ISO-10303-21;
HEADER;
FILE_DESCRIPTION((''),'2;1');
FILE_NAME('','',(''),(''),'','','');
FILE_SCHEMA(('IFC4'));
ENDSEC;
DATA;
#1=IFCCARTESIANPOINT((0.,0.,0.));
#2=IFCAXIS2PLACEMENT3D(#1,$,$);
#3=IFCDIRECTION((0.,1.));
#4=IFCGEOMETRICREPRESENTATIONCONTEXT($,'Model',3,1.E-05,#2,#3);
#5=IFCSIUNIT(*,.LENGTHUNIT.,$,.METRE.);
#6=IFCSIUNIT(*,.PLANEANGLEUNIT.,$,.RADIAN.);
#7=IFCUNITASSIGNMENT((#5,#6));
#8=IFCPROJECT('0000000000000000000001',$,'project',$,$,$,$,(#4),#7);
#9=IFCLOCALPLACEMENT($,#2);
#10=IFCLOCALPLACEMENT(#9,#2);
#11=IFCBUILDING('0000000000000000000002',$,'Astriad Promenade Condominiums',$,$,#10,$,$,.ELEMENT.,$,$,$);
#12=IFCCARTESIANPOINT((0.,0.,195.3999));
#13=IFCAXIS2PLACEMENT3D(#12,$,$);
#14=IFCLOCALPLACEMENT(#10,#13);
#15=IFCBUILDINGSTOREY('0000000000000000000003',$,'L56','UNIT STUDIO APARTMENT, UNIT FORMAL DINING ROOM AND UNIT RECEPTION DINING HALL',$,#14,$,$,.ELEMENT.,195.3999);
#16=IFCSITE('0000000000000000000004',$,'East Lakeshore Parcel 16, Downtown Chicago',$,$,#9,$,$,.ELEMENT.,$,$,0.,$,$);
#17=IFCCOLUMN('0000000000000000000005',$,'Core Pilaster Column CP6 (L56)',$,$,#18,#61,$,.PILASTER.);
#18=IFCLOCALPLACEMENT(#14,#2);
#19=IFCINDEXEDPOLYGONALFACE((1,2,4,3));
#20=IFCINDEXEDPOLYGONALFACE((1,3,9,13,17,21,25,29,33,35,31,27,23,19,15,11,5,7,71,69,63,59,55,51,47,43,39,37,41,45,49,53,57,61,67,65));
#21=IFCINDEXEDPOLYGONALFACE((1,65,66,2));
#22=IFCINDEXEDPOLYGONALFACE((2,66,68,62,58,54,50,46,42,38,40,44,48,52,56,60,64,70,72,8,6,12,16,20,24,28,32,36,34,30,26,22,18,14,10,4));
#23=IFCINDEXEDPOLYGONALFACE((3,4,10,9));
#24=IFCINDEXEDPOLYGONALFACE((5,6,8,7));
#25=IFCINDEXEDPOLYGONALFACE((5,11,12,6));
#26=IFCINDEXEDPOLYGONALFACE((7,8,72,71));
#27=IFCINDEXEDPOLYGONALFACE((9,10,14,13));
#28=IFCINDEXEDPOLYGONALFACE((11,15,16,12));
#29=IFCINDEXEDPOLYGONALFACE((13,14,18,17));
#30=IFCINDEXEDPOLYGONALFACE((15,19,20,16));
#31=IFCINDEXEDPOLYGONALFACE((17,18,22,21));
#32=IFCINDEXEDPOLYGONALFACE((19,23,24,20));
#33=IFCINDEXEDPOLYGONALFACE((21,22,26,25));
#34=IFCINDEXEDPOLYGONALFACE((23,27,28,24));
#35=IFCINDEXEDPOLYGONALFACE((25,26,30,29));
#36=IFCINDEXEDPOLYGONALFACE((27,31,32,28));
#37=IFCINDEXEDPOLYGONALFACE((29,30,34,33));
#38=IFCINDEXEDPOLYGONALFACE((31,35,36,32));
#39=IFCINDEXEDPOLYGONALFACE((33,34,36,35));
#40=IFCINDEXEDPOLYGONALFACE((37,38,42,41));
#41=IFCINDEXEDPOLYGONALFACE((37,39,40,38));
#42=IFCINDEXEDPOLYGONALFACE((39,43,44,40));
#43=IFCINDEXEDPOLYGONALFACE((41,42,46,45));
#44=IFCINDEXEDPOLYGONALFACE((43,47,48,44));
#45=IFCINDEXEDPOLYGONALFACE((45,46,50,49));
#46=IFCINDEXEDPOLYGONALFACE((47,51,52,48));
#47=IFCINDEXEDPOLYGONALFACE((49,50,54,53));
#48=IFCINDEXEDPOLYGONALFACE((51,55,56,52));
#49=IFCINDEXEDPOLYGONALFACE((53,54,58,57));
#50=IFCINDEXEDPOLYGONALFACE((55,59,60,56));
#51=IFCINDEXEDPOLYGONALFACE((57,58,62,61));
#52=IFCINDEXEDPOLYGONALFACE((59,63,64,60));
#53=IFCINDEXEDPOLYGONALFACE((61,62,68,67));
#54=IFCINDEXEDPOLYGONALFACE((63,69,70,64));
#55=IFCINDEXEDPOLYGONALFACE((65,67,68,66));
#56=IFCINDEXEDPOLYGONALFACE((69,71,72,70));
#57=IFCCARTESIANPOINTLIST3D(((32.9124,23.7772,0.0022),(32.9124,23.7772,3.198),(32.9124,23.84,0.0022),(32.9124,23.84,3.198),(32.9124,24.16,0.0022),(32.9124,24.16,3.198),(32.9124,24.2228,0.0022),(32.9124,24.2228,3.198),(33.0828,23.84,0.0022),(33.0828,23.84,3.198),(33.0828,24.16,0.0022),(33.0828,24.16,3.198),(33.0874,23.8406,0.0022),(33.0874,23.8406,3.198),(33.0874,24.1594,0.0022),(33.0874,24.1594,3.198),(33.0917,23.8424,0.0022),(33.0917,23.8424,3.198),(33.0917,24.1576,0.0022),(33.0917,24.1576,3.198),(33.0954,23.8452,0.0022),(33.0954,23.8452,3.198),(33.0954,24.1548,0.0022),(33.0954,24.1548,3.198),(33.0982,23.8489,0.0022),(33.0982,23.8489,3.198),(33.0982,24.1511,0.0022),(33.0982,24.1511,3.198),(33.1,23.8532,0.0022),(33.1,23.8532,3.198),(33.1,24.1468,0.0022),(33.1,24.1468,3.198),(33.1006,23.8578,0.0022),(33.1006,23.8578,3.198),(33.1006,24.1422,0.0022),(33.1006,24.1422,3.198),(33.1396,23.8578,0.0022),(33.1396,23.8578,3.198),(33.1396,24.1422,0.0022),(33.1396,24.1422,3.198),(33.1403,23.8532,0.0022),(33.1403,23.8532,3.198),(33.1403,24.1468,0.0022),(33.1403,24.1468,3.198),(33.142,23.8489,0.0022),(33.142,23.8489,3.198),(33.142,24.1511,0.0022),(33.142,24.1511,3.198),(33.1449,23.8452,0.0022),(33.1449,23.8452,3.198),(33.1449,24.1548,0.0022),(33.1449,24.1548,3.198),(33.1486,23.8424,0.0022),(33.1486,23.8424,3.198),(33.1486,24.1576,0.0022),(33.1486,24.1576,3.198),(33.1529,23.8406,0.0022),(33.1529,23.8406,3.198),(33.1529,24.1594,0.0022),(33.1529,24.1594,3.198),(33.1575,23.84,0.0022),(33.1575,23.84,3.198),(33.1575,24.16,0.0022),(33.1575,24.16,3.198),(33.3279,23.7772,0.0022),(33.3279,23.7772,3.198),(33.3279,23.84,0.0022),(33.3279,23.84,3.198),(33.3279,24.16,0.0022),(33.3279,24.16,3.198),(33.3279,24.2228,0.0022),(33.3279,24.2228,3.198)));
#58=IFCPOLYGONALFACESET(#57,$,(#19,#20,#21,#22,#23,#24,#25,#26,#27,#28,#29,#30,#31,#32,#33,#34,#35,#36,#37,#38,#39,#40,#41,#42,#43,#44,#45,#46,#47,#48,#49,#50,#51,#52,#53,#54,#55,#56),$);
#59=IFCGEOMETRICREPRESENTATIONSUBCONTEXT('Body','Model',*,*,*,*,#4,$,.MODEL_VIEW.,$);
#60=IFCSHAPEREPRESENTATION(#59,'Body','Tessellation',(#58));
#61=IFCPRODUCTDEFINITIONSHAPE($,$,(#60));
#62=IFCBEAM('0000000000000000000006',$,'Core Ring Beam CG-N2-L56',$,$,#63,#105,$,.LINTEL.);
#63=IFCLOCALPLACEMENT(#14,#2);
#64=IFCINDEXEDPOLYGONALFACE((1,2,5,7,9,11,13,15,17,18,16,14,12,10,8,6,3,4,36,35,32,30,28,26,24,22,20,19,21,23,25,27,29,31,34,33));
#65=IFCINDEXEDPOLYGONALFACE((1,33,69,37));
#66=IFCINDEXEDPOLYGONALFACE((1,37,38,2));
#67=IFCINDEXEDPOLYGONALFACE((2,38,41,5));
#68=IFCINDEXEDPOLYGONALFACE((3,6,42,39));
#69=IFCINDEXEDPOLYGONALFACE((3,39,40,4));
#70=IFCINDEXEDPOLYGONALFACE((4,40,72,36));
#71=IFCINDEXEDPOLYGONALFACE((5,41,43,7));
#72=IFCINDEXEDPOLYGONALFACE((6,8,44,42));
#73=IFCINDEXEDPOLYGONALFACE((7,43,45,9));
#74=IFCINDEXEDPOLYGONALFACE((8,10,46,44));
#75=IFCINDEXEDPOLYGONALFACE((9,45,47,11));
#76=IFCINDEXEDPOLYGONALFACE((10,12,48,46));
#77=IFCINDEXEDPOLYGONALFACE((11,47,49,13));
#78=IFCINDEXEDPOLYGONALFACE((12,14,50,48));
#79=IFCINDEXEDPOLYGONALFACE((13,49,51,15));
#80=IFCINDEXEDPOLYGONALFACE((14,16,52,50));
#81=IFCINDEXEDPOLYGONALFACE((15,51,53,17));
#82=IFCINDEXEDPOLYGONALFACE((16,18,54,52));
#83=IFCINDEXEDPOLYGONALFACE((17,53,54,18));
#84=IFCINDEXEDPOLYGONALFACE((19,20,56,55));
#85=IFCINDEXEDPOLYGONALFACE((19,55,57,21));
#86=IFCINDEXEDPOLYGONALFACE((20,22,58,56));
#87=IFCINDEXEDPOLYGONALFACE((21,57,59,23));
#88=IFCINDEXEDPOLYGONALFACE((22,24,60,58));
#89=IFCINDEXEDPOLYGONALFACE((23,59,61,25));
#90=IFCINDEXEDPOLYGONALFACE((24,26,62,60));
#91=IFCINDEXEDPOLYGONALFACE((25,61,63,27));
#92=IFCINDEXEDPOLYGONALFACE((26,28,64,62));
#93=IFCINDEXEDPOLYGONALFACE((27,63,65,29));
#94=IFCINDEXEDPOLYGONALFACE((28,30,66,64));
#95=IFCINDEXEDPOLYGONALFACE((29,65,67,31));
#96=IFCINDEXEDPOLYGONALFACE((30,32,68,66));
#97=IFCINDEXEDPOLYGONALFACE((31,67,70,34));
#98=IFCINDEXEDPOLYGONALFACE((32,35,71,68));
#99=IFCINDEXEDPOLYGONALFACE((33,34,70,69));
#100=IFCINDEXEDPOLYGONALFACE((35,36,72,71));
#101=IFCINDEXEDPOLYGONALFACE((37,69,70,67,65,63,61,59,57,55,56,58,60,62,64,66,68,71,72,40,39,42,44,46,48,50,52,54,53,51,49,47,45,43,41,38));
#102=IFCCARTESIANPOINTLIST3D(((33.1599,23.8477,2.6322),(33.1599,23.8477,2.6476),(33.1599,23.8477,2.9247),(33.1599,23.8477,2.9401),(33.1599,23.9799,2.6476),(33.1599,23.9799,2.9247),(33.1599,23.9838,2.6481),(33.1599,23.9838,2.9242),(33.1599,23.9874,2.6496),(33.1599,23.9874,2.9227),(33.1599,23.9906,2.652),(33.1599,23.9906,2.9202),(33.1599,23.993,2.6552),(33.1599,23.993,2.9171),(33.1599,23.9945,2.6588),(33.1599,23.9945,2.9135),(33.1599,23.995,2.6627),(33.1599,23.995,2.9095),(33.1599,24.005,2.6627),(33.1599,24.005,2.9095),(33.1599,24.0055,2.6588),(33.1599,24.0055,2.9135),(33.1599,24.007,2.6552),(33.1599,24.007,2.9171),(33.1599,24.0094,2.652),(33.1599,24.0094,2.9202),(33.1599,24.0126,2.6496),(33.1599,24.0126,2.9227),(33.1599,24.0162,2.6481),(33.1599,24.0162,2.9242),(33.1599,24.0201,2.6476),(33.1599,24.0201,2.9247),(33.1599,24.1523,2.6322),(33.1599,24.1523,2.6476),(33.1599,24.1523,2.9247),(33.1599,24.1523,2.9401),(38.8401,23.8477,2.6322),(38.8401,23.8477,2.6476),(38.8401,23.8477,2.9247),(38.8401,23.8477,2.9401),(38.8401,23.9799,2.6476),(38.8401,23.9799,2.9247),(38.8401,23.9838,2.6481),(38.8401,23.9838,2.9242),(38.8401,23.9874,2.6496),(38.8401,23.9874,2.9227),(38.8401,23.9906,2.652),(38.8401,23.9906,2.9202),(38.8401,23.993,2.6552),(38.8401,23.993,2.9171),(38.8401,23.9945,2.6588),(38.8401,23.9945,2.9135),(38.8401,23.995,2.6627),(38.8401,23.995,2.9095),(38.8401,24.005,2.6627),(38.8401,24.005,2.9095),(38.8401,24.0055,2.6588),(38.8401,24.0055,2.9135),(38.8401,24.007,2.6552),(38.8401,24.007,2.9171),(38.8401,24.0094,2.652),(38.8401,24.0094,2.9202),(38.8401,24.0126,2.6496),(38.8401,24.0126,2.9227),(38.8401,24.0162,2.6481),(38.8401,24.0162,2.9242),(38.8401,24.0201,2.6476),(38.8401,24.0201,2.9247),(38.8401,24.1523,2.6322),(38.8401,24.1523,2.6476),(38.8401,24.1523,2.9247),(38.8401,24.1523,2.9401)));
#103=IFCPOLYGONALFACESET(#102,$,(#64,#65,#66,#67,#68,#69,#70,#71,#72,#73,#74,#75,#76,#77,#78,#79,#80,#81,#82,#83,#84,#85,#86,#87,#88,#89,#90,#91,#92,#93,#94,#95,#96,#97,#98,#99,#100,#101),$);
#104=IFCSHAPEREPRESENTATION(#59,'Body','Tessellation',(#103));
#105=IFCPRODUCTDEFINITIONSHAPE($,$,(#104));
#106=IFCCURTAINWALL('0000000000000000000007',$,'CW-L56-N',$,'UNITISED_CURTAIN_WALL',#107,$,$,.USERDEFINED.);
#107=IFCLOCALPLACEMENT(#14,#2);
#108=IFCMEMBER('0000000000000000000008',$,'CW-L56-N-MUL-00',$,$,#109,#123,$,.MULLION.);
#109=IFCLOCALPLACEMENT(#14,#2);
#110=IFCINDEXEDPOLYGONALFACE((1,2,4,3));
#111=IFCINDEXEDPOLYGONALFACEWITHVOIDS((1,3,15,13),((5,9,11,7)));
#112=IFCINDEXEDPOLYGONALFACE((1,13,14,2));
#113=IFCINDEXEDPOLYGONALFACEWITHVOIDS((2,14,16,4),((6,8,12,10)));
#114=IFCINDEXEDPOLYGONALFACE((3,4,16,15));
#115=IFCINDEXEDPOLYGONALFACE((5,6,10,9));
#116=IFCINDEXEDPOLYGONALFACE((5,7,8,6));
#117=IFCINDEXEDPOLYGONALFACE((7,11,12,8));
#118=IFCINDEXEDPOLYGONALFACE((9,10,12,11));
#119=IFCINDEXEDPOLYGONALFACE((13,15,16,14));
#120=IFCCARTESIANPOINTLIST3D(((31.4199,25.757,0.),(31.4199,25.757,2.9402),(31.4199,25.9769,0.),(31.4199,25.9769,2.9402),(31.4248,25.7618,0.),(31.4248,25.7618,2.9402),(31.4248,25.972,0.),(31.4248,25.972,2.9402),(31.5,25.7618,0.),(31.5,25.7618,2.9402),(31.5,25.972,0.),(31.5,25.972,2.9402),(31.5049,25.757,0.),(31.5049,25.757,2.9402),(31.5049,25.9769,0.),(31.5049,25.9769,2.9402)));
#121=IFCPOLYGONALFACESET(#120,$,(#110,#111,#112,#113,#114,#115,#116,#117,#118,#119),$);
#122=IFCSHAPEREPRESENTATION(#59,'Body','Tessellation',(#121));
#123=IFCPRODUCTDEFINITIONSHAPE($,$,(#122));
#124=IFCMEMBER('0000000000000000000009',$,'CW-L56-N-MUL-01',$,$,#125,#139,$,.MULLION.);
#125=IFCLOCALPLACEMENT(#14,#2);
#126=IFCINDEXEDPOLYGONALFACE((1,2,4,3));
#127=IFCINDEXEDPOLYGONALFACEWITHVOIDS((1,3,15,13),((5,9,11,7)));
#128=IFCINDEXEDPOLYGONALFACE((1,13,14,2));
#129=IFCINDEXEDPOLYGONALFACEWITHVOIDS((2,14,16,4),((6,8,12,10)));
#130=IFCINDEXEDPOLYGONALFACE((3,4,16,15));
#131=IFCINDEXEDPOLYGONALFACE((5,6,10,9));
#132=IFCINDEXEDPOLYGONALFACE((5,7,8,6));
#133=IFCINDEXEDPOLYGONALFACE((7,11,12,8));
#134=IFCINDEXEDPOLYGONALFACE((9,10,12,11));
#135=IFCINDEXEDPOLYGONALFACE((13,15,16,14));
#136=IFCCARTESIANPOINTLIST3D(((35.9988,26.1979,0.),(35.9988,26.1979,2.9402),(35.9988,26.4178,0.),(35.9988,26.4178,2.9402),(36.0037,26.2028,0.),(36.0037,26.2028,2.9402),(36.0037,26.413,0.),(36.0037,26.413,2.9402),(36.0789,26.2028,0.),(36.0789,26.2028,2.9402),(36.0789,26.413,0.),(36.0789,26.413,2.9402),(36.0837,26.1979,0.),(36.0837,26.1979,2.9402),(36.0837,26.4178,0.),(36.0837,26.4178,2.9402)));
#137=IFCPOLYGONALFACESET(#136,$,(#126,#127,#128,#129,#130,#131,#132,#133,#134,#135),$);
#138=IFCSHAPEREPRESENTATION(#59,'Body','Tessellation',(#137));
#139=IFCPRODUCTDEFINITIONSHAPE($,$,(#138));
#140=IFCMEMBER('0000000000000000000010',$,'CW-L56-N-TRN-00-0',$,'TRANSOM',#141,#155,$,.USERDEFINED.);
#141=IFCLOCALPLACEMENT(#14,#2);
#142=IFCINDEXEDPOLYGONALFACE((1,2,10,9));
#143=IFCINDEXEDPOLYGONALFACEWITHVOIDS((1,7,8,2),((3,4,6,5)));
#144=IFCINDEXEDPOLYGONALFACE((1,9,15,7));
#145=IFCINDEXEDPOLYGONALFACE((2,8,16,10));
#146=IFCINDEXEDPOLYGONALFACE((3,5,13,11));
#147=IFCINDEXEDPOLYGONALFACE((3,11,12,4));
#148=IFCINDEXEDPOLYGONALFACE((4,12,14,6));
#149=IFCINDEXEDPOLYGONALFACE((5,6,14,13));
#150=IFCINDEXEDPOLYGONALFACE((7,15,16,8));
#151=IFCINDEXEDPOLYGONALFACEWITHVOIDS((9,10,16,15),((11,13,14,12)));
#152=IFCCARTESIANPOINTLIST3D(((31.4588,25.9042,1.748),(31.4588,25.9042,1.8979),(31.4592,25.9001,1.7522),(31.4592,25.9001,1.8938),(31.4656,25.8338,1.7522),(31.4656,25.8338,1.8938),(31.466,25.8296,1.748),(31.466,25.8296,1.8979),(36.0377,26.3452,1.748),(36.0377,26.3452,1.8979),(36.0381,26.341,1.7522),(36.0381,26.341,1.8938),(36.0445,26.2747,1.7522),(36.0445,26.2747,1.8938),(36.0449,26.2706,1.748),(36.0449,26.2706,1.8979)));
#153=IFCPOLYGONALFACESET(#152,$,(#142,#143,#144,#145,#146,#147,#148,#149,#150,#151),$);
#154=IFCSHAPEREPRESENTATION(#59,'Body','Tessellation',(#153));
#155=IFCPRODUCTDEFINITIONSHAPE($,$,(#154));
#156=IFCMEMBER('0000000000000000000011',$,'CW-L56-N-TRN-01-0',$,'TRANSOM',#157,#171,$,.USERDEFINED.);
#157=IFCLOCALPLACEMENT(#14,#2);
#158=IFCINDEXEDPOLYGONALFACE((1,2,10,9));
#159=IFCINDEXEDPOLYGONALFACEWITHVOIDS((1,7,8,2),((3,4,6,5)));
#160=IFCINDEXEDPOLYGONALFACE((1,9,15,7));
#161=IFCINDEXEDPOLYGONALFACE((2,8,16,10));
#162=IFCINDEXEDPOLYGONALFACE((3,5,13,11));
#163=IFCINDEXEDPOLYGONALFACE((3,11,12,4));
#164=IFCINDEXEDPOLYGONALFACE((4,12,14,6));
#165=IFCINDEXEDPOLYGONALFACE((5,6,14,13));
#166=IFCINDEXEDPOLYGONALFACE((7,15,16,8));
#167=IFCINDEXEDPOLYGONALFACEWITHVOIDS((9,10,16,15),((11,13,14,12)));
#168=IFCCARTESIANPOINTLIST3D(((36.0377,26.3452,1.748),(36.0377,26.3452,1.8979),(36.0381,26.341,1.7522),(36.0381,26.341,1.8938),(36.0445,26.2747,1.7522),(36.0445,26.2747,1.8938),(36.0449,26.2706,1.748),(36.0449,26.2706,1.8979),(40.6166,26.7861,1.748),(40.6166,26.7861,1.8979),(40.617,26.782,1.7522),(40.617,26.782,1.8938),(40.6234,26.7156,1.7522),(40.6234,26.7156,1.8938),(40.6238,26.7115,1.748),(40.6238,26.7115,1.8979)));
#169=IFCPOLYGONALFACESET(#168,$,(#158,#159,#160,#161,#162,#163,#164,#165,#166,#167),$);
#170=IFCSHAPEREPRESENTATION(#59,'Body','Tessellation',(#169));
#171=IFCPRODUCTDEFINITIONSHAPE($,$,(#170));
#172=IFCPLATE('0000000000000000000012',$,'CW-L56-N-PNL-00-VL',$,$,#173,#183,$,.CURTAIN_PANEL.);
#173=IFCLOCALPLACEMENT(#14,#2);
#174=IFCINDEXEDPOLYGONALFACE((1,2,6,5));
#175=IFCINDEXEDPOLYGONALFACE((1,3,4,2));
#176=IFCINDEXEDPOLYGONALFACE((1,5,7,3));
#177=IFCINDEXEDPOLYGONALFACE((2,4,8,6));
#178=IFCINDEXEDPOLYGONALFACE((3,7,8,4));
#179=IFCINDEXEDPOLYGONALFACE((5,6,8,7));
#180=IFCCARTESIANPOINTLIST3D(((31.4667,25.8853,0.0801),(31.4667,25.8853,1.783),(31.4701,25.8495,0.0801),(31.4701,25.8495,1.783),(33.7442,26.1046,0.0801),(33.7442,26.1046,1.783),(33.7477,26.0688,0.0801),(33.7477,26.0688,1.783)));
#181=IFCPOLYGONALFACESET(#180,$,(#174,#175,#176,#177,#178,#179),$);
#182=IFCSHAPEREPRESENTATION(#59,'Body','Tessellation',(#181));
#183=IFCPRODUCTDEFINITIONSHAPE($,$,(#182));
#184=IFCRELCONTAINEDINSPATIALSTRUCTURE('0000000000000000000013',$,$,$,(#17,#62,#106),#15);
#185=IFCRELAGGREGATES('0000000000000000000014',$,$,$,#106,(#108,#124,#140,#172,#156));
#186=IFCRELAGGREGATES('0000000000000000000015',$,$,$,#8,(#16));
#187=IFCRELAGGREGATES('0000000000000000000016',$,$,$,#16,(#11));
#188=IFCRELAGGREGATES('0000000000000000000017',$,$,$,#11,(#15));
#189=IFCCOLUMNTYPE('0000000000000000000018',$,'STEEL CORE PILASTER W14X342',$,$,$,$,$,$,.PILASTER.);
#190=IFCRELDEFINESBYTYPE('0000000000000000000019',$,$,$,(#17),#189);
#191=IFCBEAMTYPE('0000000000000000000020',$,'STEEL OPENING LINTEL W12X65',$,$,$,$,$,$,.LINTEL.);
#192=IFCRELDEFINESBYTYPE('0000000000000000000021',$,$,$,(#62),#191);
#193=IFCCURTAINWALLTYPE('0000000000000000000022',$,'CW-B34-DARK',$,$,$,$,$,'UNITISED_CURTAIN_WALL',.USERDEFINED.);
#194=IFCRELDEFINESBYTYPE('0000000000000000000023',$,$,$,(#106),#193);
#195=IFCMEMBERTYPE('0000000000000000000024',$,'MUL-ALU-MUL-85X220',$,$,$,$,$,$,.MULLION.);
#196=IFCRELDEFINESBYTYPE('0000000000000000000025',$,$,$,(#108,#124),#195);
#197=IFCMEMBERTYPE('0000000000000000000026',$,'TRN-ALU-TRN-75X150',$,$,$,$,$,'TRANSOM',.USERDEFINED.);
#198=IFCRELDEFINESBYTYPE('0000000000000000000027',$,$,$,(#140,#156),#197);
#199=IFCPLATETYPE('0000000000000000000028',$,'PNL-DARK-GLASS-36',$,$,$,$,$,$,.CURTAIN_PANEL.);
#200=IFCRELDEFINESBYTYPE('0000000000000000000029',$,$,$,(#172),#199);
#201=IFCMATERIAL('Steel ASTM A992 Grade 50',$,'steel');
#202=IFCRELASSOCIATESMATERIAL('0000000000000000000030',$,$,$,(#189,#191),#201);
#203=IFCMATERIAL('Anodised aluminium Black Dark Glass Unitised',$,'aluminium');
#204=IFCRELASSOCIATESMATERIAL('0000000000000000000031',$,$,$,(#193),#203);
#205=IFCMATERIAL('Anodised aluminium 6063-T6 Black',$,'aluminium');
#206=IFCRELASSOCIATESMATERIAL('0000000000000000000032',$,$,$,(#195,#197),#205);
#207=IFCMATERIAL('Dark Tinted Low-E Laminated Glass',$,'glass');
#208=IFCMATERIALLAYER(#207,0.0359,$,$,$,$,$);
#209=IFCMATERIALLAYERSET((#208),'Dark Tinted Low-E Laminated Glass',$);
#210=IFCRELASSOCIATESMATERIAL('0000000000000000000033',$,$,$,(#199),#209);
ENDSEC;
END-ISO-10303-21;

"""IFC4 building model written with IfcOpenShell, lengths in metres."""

from ifc_helpers import new_model, si_unit, direction, frame, origin, origin_2d, place, context, subcontext, project, spatial, rectangle, hollow_rectangle, i_section, extrude, source, transform, mapped, material, layer, layer_set, material_profile, profile_set, type_object, type_shapes, element, aggregate, save


model = new_model("IFC4")

# Units and contexts
model_context = context("Model", 3, precision=1e-05, world=origin(), true_north=direction((0.0, 1.0)))
body_context = subcontext(model_context, "Body", "Model", "MODEL_VIEW")
ifc_project = project(units=[si_unit("LENGTHUNIT", "METRE"), si_unit("PLANEANGLEUNIT", "RADIAN")], contexts=[model_context])

# Site, building, storey
site_placement = place(None, origin())
site = spatial("IfcSite", under=ifc_project, at=site_placement, Name="East Lakeshore Parcel 16, Downtown Chicago", CompositionType="ELEMENT", RefElevation=0.0)
building_placement = place(site_placement, origin())
building = spatial("IfcBuilding", under=site, at=building_placement, Name="Astriad Promenade Condominiums", CompositionType="ELEMENT")
storey_placement = place(building_placement, frame((0.0, 0.0, 195.3999)))
storey = spatial("IfcBuildingStorey", under=building, at=storey_placement, Name="L56", Description="UNIT STUDIO APARTMENT, UNIT FORMAL DINING ROOM AND UNIT RECEPTION DINING HALL", CompositionType="ELEMENT", Elevation=195.3999)

# Column
ifc_material_1 = material(Name="Steel ASTM A992 Grade 50", Category="steel")
ifc_material_profile_1 = material_profile(ifc_material_1, i_section(OverallWidth=0.4155, OverallDepth=0.4456, WebThickness=0.0391, FlangeThickness=0.0627, FilletRadius=0.0178, at=origin_2d()), Name="W14X342")
ifc_profile_set_1 = profile_set([ifc_material_profile_1], Name="Steel ASTM A992 Grade 50")
column_type = type_object("IfcColumnType", Name="STEEL CORE PILASTER W14X342", PredefinedType="PILASTER", material=ifc_profile_set_1)
shared_shape_1 = source(origin(), body_context, "Body", "SweptSolid", [
    extrude(i_section(OverallWidth=0.4155, OverallDepth=0.4456, WebThickness=0.0391, FlangeThickness=0.0627, FilletRadius=0.0178, at=origin_2d()), origin(), (0.0, 0.0, 1.0), 3.1958),
])
type_shapes(column_type, [shared_shape_1])
column_placement = place(storey_placement, frame((33.1201, 24.0, 0.0022), z_axis=(0.0, 0.0, 1.0), x_axis=(1.0, 0.0, 0.0)))
element("IfcColumn", 1, at=column_placement, inside=storey, type_object=column_type, Name="Core Pilaster Column CP6 (L56)", PredefinedType="PILASTER", context=body_context, shape_type="MappedRepresentation", body=[
    mapped(shared_shape_1, transform((0.0, 0.0, 0.0), scale=1.0)),
])

# Beam
ifc_material_profile_2 = material_profile(ifc_material_1, i_section(OverallWidth=0.3047, OverallDepth=0.3079, WebThickness=0.01, FlangeThickness=0.0154, FilletRadius=0.0151, at=origin_2d()), Name="W12X65")
ifc_profile_set_2 = profile_set([ifc_material_profile_2], Name="Steel ASTM A992 Grade 50")
beam_type = type_object("IfcBeamType", Name="STEEL OPENING LINTEL W12X65", PredefinedType="LINTEL", material=ifc_profile_set_2)
shared_shape_2 = source(origin(), body_context, "Body", "SweptSolid", [
    extrude(i_section(OverallWidth=0.3047, OverallDepth=0.3079, WebThickness=0.01, FlangeThickness=0.0154, FilletRadius=0.0151, at=origin_2d()), origin(), (0.0, 0.0, 1.0), 5.6802),
])
type_shapes(beam_type, [shared_shape_2])
beam_placement = place(storey_placement, frame((33.1599, 24.0, 2.7861), z_axis=(1.0, 0.0, 0.0), x_axis=(0.0, 1.0, 0.0)))
element("IfcBeam", 2, at=beam_placement, inside=storey, type_object=beam_type, Name="Core Ring Beam CG-N2-L56", PredefinedType="LINTEL", context=body_context, shape_type="MappedRepresentation", body=[
    mapped(shared_shape_2, transform((0.0, 0.0, 0.0), scale=1.0)),
])

# Curtain wall, members, plate
ifc_material_2 = material(Name="Anodised aluminium Black Dark Glass Unitised", Category="aluminium")
curtain_wall_type = type_object("IfcCurtainWallType", Name="CW-B34-DARK", ElementType="UNITISED_CURTAIN_WALL", PredefinedType="USERDEFINED", material=ifc_material_2)
curtain_wall_placement = place(storey_placement, origin())
curtain_wall = element("IfcCurtainWall", 3, at=curtain_wall_placement, inside=storey, type_object=curtain_wall_type, Name="CW-L56-N", ObjectType="UNITISED_CURTAIN_WALL", PredefinedType="USERDEFINED")
ifc_material_3 = material(Name="Anodised aluminium 6063-T6 Black", Category="aluminium")
ifc_material_profile_3 = material_profile(ifc_material_3, hollow_rectangle(XDim=0.085, YDim=0.22, WallThickness=0.0049, at=origin_2d()), Name="ALU-MUL-85X220")
ifc_profile_set_3 = profile_set([ifc_material_profile_3], Name="Anodised aluminium 6063-T6 Black")
member_type_1 = type_object("IfcMemberType", Name="MUL-ALU-MUL-85X220", PredefinedType="MULLION", material=ifc_profile_set_3)
shared_shape_3 = source(origin(), body_context, "Body", "SweptSolid", [
    extrude(hollow_rectangle(XDim=0.085, YDim=0.22, WallThickness=0.0049, at=origin_2d()), origin(), (0.0, 0.0, 1.0), 2.9402),
])
type_shapes(member_type_1, [shared_shape_3])
member_1_placement = place(storey_placement, frame((31.4624, 25.8669, 0.0), z_axis=(0.0, 0.0, 1.0), x_axis=(1.0, 0.0, 0.0)))
member_1 = element("IfcMember", 4, at=member_1_placement, type_object=member_type_1, Name="CW-L56-N-MUL-00", PredefinedType="MULLION", context=body_context, shape_type="MappedRepresentation", body=[
    mapped(shared_shape_3, transform((0.0, 0.0, 0.0), scale=1.0)),
])
member_2_placement = place(storey_placement, frame((36.0413, 26.3079, 0.0), z_axis=(0.0, 0.0, 1.0), x_axis=(1.0, 0.0, 0.0)))
member_2 = element("IfcMember", 5, at=member_2_placement, type_object=member_type_1, Name="CW-L56-N-MUL-01", PredefinedType="MULLION", context=body_context, shape_type="MappedRepresentation", body=[
    mapped(shared_shape_3, transform((0.0, 0.0, 0.0), scale=1.0)),
])
ifc_material_profile_4 = material_profile(ifc_material_3, hollow_rectangle(XDim=0.075, YDim=0.1499, WallThickness=0.0042, at=origin_2d()), Name="ALU-TRN-75X150")
ifc_profile_set_4 = profile_set([ifc_material_profile_4], Name="Anodised aluminium 6063-T6 Black")
member_type_2 = type_object("IfcMemberType", Name="TRN-ALU-TRN-75X150", ElementType="TRANSOM", PredefinedType="USERDEFINED", material=ifc_profile_set_4)
shared_shape_4 = source(origin(), body_context, "Body", "SweptSolid", [
    extrude(hollow_rectangle(XDim=0.075, YDim=0.1499, WallThickness=0.0042, at=origin_2d()), origin(), (0.0, 0.0, 1.0), 4.6001),
])
type_shapes(member_type_2, [shared_shape_4])
member_3_placement = place(storey_placement, frame((31.4624, 25.8669, 1.823), z_axis=(0.995396, 0.095851, 0.0), x_axis=(-0.095851, 0.995396, 0.0)))
member_3 = element("IfcMember", 6, at=member_3_placement, type_object=member_type_2, Name="CW-L56-N-TRN-00-0", ObjectType="TRANSOM", PredefinedType="USERDEFINED", context=body_context, shape_type="MappedRepresentation", body=[
    mapped(shared_shape_4, transform((0.0, 0.0, 0.0), scale=1.0)),
])
member_4_placement = place(storey_placement, frame((36.0413, 26.3079, 1.823), z_axis=(0.995396, 0.095851, 0.0), x_axis=(-0.095851, 0.995396, 0.0)))
member_4 = element("IfcMember", 7, at=member_4_placement, type_object=member_type_2, Name="CW-L56-N-TRN-01-0", ObjectType="TRANSOM", PredefinedType="USERDEFINED", context=body_context, shape_type="MappedRepresentation", body=[
    mapped(shared_shape_4, transform((0.0, 0.0, 0.0), scale=1.0)),
])
ifc_material_4 = material(Name="Dark Tinted Low-E Laminated Glass", Category="glass")
ifc_layer_1 = layer(ifc_material_4, 0.0359)
ifc_layer_set_1 = layer_set([ifc_layer_1], Name="Dark Tinted Low-E Laminated Glass")
plate_type = type_object("IfcPlateType", Name="PNL-DARK-GLASS-36", PredefinedType="CURTAIN_PANEL", material=ifc_layer_set_1)
shared_shape_5 = source(origin(), body_context, "Body", "SweptSolid", [
    extrude(rectangle(XDim=2.2881, YDim=0.0359, at=origin_2d()), origin(), (0.0, 0.0, 1.0), 1.7029),
])
plate_1_placement = place(storey_placement, frame((32.6072, 25.9771, 0.0801), z_axis=(0.0, 0.0, 1.0), x_axis=(0.995396, 0.095846, 0.0)))
plate_1 = element("IfcPlate", 8, at=plate_1_placement, type_object=plate_type, Name="CW-L56-N-PNL-00-VL", PredefinedType="CURTAIN_PANEL", context=body_context, shape_type="MappedRepresentation", body=[
    mapped(shared_shape_5, transform((0.0, 0.0, 0.0), scale=1.0)),
])
aggregate(curtain_wall, [member_1, member_2, member_3, plate_1, member_4])

save(model, "model.ifc")
